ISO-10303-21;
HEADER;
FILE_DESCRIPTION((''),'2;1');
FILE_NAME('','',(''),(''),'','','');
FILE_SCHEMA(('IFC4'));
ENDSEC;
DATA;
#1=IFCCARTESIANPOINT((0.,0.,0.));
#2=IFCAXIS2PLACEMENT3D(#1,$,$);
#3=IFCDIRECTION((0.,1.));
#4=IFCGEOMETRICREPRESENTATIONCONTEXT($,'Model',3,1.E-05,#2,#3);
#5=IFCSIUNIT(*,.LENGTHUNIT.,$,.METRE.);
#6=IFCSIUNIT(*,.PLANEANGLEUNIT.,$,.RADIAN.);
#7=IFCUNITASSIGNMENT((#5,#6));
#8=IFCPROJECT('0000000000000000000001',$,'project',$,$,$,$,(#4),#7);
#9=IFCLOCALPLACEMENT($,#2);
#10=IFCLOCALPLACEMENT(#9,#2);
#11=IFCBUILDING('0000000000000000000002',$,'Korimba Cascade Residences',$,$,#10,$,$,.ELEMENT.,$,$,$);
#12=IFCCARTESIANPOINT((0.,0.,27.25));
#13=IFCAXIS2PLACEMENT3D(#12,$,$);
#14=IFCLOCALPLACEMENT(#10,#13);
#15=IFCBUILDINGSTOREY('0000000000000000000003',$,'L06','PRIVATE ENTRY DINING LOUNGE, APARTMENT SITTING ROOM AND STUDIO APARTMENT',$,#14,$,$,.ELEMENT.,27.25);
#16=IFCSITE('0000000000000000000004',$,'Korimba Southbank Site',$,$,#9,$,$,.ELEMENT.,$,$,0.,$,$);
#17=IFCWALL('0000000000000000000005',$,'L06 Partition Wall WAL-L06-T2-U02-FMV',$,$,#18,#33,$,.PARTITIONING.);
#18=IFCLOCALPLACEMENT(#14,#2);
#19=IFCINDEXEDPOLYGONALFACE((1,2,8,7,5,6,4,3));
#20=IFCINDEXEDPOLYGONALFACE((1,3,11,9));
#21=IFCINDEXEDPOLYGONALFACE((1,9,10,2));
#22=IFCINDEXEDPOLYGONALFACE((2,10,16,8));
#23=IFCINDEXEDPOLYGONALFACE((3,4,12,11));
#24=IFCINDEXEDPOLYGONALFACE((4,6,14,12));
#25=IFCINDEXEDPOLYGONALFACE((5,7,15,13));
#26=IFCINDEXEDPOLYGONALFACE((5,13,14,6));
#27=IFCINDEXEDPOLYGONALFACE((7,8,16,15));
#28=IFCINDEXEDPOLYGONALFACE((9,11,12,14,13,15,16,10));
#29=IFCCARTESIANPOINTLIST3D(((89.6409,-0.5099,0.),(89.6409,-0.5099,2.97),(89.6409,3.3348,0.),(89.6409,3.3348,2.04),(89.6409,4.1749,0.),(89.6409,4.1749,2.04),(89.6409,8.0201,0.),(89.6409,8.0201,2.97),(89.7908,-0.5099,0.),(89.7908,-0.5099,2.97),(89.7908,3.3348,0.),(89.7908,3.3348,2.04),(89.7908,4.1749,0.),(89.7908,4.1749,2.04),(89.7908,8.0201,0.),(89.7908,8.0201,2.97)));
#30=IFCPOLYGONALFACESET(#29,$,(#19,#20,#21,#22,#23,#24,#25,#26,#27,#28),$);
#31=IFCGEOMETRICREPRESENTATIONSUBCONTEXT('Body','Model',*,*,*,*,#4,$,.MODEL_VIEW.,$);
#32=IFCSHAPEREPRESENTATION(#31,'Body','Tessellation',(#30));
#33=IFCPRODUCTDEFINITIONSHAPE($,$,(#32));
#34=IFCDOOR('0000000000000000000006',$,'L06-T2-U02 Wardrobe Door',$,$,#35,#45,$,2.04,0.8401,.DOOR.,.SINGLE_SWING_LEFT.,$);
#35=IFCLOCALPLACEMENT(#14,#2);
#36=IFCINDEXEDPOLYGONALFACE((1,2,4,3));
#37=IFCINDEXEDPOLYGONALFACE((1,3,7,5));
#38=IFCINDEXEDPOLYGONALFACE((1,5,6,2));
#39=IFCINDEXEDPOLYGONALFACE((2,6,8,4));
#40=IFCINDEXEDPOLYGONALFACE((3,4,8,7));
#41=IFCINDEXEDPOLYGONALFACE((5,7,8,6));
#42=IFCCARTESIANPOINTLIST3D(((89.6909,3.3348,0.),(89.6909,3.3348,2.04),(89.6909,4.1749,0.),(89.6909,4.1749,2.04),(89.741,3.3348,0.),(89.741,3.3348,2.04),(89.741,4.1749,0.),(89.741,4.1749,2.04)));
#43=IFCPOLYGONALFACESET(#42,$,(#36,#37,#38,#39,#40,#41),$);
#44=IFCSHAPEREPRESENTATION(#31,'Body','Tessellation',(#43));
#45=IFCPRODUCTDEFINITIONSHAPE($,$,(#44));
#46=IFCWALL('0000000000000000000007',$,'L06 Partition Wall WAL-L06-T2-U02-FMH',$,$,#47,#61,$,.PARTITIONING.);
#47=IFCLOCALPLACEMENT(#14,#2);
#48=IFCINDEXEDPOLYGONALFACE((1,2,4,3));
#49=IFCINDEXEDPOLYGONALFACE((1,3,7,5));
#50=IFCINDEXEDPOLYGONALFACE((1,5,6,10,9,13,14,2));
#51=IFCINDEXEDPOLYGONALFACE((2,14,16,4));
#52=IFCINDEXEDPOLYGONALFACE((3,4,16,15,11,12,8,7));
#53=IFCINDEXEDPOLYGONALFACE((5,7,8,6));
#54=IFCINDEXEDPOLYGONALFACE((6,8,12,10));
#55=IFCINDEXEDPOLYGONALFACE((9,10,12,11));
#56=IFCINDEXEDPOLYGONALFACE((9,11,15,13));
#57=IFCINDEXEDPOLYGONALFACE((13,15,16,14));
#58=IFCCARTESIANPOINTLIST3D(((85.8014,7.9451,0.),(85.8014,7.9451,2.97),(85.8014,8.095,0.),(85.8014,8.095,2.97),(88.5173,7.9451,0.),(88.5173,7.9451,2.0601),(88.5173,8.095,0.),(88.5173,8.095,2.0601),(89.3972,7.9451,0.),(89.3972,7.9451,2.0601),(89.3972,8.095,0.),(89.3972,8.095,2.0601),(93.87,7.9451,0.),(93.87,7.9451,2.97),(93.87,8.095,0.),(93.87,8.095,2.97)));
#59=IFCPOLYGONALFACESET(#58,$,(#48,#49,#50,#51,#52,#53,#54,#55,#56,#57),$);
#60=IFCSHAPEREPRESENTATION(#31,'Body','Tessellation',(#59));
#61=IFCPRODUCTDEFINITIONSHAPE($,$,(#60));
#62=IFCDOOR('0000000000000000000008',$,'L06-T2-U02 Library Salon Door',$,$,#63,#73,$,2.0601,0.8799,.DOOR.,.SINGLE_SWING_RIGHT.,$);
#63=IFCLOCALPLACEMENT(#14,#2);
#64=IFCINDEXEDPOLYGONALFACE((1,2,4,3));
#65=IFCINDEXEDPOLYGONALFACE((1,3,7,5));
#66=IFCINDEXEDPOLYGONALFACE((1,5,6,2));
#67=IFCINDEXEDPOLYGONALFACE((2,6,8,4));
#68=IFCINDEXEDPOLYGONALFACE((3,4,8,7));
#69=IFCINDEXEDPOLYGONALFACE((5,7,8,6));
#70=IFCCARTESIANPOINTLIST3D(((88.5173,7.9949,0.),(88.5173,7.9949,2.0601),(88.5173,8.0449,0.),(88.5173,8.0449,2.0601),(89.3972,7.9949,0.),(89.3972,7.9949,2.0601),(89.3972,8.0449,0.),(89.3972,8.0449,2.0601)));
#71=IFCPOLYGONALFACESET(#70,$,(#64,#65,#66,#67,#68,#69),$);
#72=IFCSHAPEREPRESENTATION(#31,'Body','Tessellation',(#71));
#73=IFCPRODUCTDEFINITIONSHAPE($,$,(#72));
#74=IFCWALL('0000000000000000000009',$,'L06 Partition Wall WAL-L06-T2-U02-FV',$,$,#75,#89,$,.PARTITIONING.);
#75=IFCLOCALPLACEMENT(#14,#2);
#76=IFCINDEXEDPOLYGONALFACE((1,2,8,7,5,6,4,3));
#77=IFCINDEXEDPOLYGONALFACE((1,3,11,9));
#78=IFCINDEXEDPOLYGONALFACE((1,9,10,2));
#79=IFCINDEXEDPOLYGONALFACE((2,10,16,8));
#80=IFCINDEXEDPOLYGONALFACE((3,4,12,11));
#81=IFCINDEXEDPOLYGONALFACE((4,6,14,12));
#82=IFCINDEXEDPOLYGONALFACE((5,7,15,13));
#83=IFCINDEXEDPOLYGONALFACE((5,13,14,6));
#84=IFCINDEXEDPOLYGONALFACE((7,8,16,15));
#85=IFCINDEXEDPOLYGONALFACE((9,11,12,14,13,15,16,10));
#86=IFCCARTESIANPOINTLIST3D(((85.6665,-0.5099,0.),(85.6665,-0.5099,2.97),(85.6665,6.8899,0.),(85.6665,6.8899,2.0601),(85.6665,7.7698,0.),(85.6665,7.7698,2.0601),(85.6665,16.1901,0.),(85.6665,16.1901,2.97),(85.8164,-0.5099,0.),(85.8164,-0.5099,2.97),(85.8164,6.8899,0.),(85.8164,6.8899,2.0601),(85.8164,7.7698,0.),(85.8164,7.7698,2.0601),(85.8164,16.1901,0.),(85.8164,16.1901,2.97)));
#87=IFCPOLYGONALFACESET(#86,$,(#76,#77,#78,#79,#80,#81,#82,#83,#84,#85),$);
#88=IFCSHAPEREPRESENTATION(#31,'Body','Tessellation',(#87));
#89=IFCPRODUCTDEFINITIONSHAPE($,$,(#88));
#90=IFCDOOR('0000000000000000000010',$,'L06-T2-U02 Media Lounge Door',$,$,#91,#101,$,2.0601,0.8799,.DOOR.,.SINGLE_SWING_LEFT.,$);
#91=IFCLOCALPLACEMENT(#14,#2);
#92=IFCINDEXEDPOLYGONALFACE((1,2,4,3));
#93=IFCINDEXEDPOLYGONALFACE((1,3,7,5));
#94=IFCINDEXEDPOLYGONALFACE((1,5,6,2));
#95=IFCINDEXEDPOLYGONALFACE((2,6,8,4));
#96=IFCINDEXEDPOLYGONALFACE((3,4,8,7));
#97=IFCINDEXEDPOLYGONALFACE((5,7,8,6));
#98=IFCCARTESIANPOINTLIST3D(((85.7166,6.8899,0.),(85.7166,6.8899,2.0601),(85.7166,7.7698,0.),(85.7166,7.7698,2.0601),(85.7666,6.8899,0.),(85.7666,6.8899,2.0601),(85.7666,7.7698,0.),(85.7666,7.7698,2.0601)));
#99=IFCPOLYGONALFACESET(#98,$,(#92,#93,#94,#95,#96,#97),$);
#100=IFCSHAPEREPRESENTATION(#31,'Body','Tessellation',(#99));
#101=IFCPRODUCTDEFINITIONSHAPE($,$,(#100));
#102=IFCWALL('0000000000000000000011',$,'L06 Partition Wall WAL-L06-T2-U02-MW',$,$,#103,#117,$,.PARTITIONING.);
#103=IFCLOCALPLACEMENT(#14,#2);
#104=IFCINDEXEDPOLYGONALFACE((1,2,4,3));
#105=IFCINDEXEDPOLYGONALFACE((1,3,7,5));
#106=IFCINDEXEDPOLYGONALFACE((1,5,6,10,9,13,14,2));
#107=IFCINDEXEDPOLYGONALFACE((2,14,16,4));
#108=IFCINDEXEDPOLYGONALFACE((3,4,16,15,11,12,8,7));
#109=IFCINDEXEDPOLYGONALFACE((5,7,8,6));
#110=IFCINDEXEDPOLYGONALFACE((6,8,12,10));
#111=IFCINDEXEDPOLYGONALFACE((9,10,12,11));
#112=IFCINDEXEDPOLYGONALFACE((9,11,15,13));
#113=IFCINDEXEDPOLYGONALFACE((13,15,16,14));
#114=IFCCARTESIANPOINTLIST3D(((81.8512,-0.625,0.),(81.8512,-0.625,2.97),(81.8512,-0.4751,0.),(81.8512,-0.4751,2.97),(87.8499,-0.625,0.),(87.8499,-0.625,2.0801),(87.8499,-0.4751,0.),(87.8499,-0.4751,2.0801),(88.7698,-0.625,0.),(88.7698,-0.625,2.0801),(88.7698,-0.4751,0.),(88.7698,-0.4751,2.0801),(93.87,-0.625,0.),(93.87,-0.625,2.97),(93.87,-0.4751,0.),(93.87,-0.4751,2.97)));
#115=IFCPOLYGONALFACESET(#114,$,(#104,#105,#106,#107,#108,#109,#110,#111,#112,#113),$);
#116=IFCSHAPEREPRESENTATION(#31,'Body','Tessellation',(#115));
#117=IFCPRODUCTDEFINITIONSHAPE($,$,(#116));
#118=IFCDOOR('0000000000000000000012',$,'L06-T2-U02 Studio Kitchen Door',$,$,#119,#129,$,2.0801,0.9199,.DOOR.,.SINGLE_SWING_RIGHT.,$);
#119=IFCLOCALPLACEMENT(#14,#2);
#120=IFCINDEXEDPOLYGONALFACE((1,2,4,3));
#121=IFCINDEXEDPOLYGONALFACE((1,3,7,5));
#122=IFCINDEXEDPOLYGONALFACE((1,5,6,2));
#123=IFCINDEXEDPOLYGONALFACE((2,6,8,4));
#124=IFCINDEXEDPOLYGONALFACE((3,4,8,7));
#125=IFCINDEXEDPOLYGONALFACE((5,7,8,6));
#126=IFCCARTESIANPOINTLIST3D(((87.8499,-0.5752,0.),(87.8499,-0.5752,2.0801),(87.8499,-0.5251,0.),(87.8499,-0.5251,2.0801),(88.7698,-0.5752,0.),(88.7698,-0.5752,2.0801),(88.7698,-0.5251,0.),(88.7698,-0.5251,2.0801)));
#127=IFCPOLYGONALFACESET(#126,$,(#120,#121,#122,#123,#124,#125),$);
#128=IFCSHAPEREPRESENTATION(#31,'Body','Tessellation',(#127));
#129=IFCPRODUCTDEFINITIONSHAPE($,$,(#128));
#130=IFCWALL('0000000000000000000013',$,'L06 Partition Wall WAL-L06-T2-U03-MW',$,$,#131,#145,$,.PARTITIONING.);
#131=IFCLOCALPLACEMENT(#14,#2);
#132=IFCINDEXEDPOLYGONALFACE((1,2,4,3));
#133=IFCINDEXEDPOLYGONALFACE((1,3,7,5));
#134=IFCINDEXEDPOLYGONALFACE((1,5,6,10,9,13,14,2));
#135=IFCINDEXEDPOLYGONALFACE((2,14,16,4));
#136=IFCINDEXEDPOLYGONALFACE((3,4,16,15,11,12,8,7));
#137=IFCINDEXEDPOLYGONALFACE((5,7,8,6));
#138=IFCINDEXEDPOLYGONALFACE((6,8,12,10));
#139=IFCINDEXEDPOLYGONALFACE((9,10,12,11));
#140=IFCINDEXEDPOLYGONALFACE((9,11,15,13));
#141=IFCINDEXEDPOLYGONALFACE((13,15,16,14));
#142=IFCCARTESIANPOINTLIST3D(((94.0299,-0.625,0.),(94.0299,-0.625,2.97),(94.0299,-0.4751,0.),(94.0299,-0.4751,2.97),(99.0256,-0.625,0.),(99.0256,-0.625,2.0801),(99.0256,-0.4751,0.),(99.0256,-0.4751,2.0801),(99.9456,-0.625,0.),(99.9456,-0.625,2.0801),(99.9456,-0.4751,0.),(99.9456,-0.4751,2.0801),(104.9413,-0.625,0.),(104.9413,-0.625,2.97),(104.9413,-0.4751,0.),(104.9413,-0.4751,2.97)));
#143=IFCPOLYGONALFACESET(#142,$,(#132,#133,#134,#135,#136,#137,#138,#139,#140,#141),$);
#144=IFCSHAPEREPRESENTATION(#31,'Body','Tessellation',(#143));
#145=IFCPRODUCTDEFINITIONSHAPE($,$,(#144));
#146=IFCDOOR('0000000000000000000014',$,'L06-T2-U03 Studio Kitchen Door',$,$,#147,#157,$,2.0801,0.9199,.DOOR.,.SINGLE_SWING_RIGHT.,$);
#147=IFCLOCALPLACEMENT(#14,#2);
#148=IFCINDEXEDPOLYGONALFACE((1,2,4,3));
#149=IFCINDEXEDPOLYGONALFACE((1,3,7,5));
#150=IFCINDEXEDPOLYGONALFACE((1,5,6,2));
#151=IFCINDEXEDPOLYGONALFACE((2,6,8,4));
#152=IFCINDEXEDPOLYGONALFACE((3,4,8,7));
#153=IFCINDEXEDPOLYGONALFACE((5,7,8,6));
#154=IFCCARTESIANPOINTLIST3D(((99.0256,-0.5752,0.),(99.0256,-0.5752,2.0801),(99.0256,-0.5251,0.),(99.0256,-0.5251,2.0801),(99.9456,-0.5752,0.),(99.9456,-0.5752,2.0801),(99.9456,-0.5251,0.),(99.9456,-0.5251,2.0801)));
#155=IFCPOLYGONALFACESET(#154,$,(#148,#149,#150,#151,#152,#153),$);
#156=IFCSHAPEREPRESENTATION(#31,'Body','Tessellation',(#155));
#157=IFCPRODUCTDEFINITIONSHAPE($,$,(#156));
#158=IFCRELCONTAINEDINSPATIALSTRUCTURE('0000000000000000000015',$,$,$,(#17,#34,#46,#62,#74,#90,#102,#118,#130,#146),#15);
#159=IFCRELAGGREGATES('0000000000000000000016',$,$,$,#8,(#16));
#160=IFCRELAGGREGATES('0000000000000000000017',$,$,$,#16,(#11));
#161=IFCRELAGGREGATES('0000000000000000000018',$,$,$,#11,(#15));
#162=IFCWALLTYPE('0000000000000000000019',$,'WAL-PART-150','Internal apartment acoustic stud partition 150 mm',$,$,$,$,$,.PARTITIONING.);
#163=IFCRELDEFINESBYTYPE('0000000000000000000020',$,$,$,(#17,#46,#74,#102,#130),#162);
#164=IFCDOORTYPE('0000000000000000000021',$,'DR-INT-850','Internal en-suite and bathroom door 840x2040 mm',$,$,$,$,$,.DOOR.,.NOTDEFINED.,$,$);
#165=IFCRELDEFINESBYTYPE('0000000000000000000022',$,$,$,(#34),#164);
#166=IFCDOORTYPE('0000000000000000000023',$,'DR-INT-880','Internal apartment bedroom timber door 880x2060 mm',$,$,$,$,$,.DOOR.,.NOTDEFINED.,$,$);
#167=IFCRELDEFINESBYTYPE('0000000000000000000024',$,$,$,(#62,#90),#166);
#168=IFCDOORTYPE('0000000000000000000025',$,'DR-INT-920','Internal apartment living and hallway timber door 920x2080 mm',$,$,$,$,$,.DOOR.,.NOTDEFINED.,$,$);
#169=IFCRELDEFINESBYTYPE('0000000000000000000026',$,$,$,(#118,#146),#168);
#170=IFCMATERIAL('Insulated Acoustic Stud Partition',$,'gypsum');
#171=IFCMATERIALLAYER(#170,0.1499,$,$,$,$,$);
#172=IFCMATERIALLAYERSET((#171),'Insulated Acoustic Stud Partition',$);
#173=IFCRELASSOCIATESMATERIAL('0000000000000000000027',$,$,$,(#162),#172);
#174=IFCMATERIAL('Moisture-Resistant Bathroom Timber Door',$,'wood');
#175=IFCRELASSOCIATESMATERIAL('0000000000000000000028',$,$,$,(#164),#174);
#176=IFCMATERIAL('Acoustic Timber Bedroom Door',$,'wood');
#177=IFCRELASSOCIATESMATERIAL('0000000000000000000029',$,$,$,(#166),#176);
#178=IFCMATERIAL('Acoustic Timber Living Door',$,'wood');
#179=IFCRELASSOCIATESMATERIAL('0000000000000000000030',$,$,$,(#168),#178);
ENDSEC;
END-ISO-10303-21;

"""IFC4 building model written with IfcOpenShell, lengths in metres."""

from ifc_helpers import new_model, si_unit, direction, frame, frame_2d, origin, place, context, subcontext, project, spatial, rectangle, extrude, material, layer, layer_set, type_object, element, fill, save


model = new_model("IFC4")

# Units and contexts
model_context = context("Model", 3, precision=1e-05, world=origin(), true_north=direction((0.0, 1.0)))
body_context = subcontext(model_context, "Body", "Model", "MODEL_VIEW")
ifc_project = project(units=[si_unit("LENGTHUNIT", "METRE"), si_unit("PLANEANGLEUNIT", "RADIAN")], contexts=[model_context])

# Site, building, storey
site_placement = place(None, origin())
site = spatial("IfcSite", under=ifc_project, at=site_placement, Name="Korimba Southbank Site", CompositionType="ELEMENT", RefElevation=0.0)
building_placement = place(site_placement, origin())
building = spatial("IfcBuilding", under=site, at=building_placement, Name="Korimba Cascade Residences", CompositionType="ELEMENT")
storey_placement = place(building_placement, frame((0.0, 0.0, 27.25)))
storey = spatial("IfcBuildingStorey", under=building, at=storey_placement, Name="L06", Description="PRIVATE ENTRY DINING LOUNGE, APARTMENT SITTING ROOM AND STUDIO APARTMENT", CompositionType="ELEMENT", Elevation=27.25)

# Walls, openings, doors
ifc_material_1 = material(Name="Insulated Acoustic Stud Partition", Category="gypsum")
ifc_layer_1 = layer(ifc_material_1, 0.1499)
ifc_layer_set_1 = layer_set([ifc_layer_1], Name="Insulated Acoustic Stud Partition")
wall_type_1 = type_object("IfcWallType", Name="WAL-PART-150", Description="Internal apartment acoustic stud partition 150 mm", PredefinedType="PARTITIONING", material=ifc_layer_set_1)
wall_1_placement = place(storey_placement, frame((89.7158, -0.51, 0.0), z_axis=(0.0, 0.0, 1.0), x_axis=(0.0, 1.0, 0.0)))
wall_1 = element("IfcWall", 1, at=wall_1_placement, inside=storey, type_object=wall_type_1, Name="L06 Partition Wall WAL-L06-T2-U02-FMV", PredefinedType="PARTITIONING", context=body_context, shape_type="SweptSolid", body=[
    extrude(rectangle(XDim=8.53, YDim=0.1499, at=frame_2d((4.2651, 0.0))), origin(), (0.0, 0.0, 1.0), 2.97),
])
opening_1_placement = place(wall_1_placement, frame((3.845, 0.0, 0.0)))
opening_1 = element("IfcOpeningElement", 2, at=opening_1_placement, cuts=wall_1, PredefinedType="OPENING", context=body_context, shape_type="SweptSolid", body=[
    extrude(rectangle(XDim=0.8401, YDim=2.04, at=frame_2d((0.4199, 1.02))), frame((0.0, 0.085, 0.0), z_axis=(0.0, -1.0, 0.0), x_axis=(1.0, 0.0, 0.0)), (0.0, 0.0, 1.0), 0.1699),
])
ifc_material_2 = material(Name="Moisture-Resistant Bathroom Timber Door", Category="wood")
door_type_1 = type_object("IfcDoorType", Name="DR-INT-850", Description="Internal en-suite and bathroom door 840x2040 mm", OperationType="NOTDEFINED", PredefinedType="DOOR", material=ifc_material_2)
door_1_placement = place(opening_1_placement, origin())
door_1 = element("IfcDoor", 3, at=door_1_placement, inside=storey, type_object=door_type_1, Name="L06-T2-U02 Wardrobe Door", OperationType="SINGLE_SWING_LEFT", OverallHeight=2.04, OverallWidth=0.8401, PredefinedType="DOOR", context=body_context, shape_type="SweptSolid", body=[
    extrude(rectangle(XDim=0.8401, YDim=2.04, at=frame_2d((0.4199, 1.02))), frame((0.0, 0.0249, 0.0), z_axis=(0.0, -1.0, 0.0), x_axis=(1.0, 0.0, 0.0)), (0.0, 0.0, 1.0), 0.05),
])
fill(opening_1, door_1)
wall_2_placement = place(storey_placement, frame((85.8015, 8.02, 0.0), z_axis=(0.0, 0.0, 1.0), x_axis=(1.0, 0.0, 0.0)))
wall_2 = element("IfcWall", 4, at=wall_2_placement, inside=storey, type_object=wall_type_1, Name="L06 Partition Wall WAL-L06-T2-U02-FMH", PredefinedType="PARTITIONING", context=body_context, shape_type="SweptSolid", body=[
    extrude(rectangle(XDim=8.0686, YDim=0.1499, at=frame_2d((4.0342, 0.0))), origin(), (0.0, 0.0, 1.0), 2.97),
])
opening_2_placement = place(wall_2_placement, frame((2.7158, 0.0, 0.0)))
opening_2 = element("IfcOpeningElement", 5, at=opening_2_placement, cuts=wall_2, PredefinedType="OPENING", context=body_context, shape_type="SweptSolid", body=[
    extrude(rectangle(XDim=0.8799, YDim=2.0601, at=frame_2d((0.4399, 1.03))), frame((0.0, 0.085, 0.0), z_axis=(0.0, -1.0, 0.0), x_axis=(1.0, 0.0, 0.0)), (0.0, 0.0, 1.0), 0.1699),
])
ifc_material_3 = material(Name="Acoustic Timber Bedroom Door", Category="wood")
door_type_2 = type_object("IfcDoorType", Name="DR-INT-880", Description="Internal apartment bedroom timber door 880x2060 mm", OperationType="NOTDEFINED", PredefinedType="DOOR", material=ifc_material_3)
door_2_placement = place(opening_2_placement, origin())
door_2 = element("IfcDoor", 6, at=door_2_placement, inside=storey, type_object=door_type_2, Name="L06-T2-U02 Library Salon Door", OperationType="SINGLE_SWING_RIGHT", OverallHeight=2.0601, OverallWidth=0.8799, PredefinedType="DOOR", context=body_context, shape_type="SweptSolid", body=[
    extrude(rectangle(XDim=0.8799, YDim=2.0601, at=frame_2d((0.4399, 1.03))), frame((0.0, 0.0249, 0.0), z_axis=(0.0, -1.0, 0.0), x_axis=(1.0, 0.0, 0.0)), (0.0, 0.0, 1.0), 0.05),
])
fill(opening_2, door_2)
wall_3_placement = place(storey_placement, frame((85.7415, -0.51, 0.0), z_axis=(0.0, 0.0, 1.0), x_axis=(0.0, 1.0, 0.0)))
wall_3 = element("IfcWall", 7, at=wall_3_placement, inside=storey, type_object=wall_type_1, Name="L06 Partition Wall WAL-L06-T2-U02-FV", PredefinedType="PARTITIONING", context=body_context, shape_type="SweptSolid", body=[
    extrude(rectangle(XDim=16.7, YDim=0.1499, at=frame_2d((8.3501, 0.0))), origin(), (0.0, 0.0, 1.0), 2.97),
])
opening_3_placement = place(wall_3_placement, frame((7.3999, 0.0, 0.0)))
opening_3 = element("IfcOpeningElement", 8, at=opening_3_placement, cuts=wall_3, PredefinedType="OPENING", context=body_context, shape_type="SweptSolid", body=[
    extrude(rectangle(XDim=0.8799, YDim=2.0601, at=frame_2d((0.4399, 1.03))), frame((0.0, 0.085, 0.0), z_axis=(0.0, -1.0, 0.0), x_axis=(1.0, 0.0, 0.0)), (0.0, 0.0, 1.0), 0.1699),
])
door_3_placement = place(opening_3_placement, origin())
door_3 = element("IfcDoor", 9, at=door_3_placement, inside=storey, type_object=door_type_2, Name="L06-T2-U02 Media Lounge Door", OperationType="SINGLE_SWING_LEFT", OverallHeight=2.0601, OverallWidth=0.8799, PredefinedType="DOOR", context=body_context, shape_type="SweptSolid", body=[
    extrude(rectangle(XDim=0.8799, YDim=2.0601, at=frame_2d((0.4399, 1.03))), frame((0.0, 0.0249, 0.0), z_axis=(0.0, -1.0, 0.0), x_axis=(1.0, 0.0, 0.0)), (0.0, 0.0, 1.0), 0.05),
])
fill(opening_3, door_3)
wall_4_placement = place(storey_placement, frame((81.8513, -0.55, 0.0), z_axis=(0.0, 0.0, 1.0), x_axis=(1.0, 0.0, 0.0)))
wall_4 = element("IfcWall", 10, at=wall_4_placement, inside=storey, type_object=wall_type_1, Name="L06 Partition Wall WAL-L06-T2-U02-MW", PredefinedType="PARTITIONING", context=body_context, shape_type="SweptSolid", body=[
    extrude(rectangle(XDim=12.0188, YDim=0.1499, at=frame_2d((6.0093, 0.0))), origin(), (0.0, 0.0, 1.0), 2.97),
])
opening_4_placement = place(wall_4_placement, frame((5.9985, 0.0, 0.0)))
opening_4 = element("IfcOpeningElement", 11, at=opening_4_placement, cuts=wall_4, PredefinedType="OPENING", context=body_context, shape_type="SweptSolid", body=[
    extrude(rectangle(XDim=0.9199, YDim=2.0801, at=frame_2d((0.46, 1.04))), frame((0.0, 0.085, 0.0), z_axis=(0.0, -1.0, 0.0), x_axis=(1.0, 0.0, 0.0)), (0.0, 0.0, 1.0), 0.1699),
])
ifc_material_4 = material(Name="Acoustic Timber Living Door", Category="wood")
door_type_3 = type_object("IfcDoorType", Name="DR-INT-920", Description="Internal apartment living and hallway timber door 920x2080 mm", OperationType="NOTDEFINED", PredefinedType="DOOR", material=ifc_material_4)
door_4_placement = place(opening_4_placement, origin())
door_4 = element("IfcDoor", 12, at=door_4_placement, inside=storey, type_object=door_type_3, Name="L06-T2-U02 Studio Kitchen Door", OperationType="SINGLE_SWING_RIGHT", OverallHeight=2.0801, OverallWidth=0.9199, PredefinedType="DOOR", context=body_context, shape_type="SweptSolid", body=[
    extrude(rectangle(XDim=0.9199, YDim=2.0801, at=frame_2d((0.46, 1.04))), frame((0.0, 0.0249, 0.0), z_axis=(0.0, -1.0, 0.0), x_axis=(1.0, 0.0, 0.0)), (0.0, 0.0, 1.0), 0.05),
])
fill(opening_4, door_4)
wall_5_placement = place(storey_placement, frame((94.03, -0.55, 0.0), z_axis=(0.0, 0.0, 1.0), x_axis=(1.0, 0.0, 0.0)))
wall_5 = element("IfcWall", 13, at=wall_5_placement, inside=storey, type_object=wall_type_1, Name="L06 Partition Wall WAL-L06-T2-U03-MW", PredefinedType="PARTITIONING", context=body_context, shape_type="SweptSolid", body=[
    extrude(rectangle(XDim=10.9114, YDim=0.1499, at=frame_2d((5.4556, 0.0))), origin(), (0.0, 0.0, 1.0), 2.97),
])
opening_5_placement = place(wall_5_placement, frame((4.9956, 0.0, 0.0)))
opening_5 = element("IfcOpeningElement", 14, at=opening_5_placement, cuts=wall_5, PredefinedType="OPENING", context=body_context, shape_type="SweptSolid", body=[
    extrude(rectangle(XDim=0.9199, YDim=2.0801, at=frame_2d((0.46, 1.04))), frame((0.0, 0.085, 0.0), z_axis=(0.0, -1.0, 0.0), x_axis=(1.0, 0.0, 0.0)), (0.0, 0.0, 1.0), 0.1699),
])
door_5_placement = place(opening_5_placement, origin())
door_5 = element("IfcDoor", 15, at=door_5_placement, inside=storey, type_object=door_type_3, Name="L06-T2-U03 Studio Kitchen Door", OperationType="SINGLE_SWING_RIGHT", OverallHeight=2.0801, OverallWidth=0.9199, PredefinedType="DOOR", context=body_context, shape_type="SweptSolid", body=[
    extrude(rectangle(XDim=0.9199, YDim=2.0801, at=frame_2d((0.46, 1.04))), frame((0.0, 0.0249, 0.0), z_axis=(0.0, -1.0, 0.0), x_axis=(1.0, 0.0, 0.0)), (0.0, 0.0, 1.0), 0.05),
])
fill(opening_5, door_5)

save(model, "model.ifc")
